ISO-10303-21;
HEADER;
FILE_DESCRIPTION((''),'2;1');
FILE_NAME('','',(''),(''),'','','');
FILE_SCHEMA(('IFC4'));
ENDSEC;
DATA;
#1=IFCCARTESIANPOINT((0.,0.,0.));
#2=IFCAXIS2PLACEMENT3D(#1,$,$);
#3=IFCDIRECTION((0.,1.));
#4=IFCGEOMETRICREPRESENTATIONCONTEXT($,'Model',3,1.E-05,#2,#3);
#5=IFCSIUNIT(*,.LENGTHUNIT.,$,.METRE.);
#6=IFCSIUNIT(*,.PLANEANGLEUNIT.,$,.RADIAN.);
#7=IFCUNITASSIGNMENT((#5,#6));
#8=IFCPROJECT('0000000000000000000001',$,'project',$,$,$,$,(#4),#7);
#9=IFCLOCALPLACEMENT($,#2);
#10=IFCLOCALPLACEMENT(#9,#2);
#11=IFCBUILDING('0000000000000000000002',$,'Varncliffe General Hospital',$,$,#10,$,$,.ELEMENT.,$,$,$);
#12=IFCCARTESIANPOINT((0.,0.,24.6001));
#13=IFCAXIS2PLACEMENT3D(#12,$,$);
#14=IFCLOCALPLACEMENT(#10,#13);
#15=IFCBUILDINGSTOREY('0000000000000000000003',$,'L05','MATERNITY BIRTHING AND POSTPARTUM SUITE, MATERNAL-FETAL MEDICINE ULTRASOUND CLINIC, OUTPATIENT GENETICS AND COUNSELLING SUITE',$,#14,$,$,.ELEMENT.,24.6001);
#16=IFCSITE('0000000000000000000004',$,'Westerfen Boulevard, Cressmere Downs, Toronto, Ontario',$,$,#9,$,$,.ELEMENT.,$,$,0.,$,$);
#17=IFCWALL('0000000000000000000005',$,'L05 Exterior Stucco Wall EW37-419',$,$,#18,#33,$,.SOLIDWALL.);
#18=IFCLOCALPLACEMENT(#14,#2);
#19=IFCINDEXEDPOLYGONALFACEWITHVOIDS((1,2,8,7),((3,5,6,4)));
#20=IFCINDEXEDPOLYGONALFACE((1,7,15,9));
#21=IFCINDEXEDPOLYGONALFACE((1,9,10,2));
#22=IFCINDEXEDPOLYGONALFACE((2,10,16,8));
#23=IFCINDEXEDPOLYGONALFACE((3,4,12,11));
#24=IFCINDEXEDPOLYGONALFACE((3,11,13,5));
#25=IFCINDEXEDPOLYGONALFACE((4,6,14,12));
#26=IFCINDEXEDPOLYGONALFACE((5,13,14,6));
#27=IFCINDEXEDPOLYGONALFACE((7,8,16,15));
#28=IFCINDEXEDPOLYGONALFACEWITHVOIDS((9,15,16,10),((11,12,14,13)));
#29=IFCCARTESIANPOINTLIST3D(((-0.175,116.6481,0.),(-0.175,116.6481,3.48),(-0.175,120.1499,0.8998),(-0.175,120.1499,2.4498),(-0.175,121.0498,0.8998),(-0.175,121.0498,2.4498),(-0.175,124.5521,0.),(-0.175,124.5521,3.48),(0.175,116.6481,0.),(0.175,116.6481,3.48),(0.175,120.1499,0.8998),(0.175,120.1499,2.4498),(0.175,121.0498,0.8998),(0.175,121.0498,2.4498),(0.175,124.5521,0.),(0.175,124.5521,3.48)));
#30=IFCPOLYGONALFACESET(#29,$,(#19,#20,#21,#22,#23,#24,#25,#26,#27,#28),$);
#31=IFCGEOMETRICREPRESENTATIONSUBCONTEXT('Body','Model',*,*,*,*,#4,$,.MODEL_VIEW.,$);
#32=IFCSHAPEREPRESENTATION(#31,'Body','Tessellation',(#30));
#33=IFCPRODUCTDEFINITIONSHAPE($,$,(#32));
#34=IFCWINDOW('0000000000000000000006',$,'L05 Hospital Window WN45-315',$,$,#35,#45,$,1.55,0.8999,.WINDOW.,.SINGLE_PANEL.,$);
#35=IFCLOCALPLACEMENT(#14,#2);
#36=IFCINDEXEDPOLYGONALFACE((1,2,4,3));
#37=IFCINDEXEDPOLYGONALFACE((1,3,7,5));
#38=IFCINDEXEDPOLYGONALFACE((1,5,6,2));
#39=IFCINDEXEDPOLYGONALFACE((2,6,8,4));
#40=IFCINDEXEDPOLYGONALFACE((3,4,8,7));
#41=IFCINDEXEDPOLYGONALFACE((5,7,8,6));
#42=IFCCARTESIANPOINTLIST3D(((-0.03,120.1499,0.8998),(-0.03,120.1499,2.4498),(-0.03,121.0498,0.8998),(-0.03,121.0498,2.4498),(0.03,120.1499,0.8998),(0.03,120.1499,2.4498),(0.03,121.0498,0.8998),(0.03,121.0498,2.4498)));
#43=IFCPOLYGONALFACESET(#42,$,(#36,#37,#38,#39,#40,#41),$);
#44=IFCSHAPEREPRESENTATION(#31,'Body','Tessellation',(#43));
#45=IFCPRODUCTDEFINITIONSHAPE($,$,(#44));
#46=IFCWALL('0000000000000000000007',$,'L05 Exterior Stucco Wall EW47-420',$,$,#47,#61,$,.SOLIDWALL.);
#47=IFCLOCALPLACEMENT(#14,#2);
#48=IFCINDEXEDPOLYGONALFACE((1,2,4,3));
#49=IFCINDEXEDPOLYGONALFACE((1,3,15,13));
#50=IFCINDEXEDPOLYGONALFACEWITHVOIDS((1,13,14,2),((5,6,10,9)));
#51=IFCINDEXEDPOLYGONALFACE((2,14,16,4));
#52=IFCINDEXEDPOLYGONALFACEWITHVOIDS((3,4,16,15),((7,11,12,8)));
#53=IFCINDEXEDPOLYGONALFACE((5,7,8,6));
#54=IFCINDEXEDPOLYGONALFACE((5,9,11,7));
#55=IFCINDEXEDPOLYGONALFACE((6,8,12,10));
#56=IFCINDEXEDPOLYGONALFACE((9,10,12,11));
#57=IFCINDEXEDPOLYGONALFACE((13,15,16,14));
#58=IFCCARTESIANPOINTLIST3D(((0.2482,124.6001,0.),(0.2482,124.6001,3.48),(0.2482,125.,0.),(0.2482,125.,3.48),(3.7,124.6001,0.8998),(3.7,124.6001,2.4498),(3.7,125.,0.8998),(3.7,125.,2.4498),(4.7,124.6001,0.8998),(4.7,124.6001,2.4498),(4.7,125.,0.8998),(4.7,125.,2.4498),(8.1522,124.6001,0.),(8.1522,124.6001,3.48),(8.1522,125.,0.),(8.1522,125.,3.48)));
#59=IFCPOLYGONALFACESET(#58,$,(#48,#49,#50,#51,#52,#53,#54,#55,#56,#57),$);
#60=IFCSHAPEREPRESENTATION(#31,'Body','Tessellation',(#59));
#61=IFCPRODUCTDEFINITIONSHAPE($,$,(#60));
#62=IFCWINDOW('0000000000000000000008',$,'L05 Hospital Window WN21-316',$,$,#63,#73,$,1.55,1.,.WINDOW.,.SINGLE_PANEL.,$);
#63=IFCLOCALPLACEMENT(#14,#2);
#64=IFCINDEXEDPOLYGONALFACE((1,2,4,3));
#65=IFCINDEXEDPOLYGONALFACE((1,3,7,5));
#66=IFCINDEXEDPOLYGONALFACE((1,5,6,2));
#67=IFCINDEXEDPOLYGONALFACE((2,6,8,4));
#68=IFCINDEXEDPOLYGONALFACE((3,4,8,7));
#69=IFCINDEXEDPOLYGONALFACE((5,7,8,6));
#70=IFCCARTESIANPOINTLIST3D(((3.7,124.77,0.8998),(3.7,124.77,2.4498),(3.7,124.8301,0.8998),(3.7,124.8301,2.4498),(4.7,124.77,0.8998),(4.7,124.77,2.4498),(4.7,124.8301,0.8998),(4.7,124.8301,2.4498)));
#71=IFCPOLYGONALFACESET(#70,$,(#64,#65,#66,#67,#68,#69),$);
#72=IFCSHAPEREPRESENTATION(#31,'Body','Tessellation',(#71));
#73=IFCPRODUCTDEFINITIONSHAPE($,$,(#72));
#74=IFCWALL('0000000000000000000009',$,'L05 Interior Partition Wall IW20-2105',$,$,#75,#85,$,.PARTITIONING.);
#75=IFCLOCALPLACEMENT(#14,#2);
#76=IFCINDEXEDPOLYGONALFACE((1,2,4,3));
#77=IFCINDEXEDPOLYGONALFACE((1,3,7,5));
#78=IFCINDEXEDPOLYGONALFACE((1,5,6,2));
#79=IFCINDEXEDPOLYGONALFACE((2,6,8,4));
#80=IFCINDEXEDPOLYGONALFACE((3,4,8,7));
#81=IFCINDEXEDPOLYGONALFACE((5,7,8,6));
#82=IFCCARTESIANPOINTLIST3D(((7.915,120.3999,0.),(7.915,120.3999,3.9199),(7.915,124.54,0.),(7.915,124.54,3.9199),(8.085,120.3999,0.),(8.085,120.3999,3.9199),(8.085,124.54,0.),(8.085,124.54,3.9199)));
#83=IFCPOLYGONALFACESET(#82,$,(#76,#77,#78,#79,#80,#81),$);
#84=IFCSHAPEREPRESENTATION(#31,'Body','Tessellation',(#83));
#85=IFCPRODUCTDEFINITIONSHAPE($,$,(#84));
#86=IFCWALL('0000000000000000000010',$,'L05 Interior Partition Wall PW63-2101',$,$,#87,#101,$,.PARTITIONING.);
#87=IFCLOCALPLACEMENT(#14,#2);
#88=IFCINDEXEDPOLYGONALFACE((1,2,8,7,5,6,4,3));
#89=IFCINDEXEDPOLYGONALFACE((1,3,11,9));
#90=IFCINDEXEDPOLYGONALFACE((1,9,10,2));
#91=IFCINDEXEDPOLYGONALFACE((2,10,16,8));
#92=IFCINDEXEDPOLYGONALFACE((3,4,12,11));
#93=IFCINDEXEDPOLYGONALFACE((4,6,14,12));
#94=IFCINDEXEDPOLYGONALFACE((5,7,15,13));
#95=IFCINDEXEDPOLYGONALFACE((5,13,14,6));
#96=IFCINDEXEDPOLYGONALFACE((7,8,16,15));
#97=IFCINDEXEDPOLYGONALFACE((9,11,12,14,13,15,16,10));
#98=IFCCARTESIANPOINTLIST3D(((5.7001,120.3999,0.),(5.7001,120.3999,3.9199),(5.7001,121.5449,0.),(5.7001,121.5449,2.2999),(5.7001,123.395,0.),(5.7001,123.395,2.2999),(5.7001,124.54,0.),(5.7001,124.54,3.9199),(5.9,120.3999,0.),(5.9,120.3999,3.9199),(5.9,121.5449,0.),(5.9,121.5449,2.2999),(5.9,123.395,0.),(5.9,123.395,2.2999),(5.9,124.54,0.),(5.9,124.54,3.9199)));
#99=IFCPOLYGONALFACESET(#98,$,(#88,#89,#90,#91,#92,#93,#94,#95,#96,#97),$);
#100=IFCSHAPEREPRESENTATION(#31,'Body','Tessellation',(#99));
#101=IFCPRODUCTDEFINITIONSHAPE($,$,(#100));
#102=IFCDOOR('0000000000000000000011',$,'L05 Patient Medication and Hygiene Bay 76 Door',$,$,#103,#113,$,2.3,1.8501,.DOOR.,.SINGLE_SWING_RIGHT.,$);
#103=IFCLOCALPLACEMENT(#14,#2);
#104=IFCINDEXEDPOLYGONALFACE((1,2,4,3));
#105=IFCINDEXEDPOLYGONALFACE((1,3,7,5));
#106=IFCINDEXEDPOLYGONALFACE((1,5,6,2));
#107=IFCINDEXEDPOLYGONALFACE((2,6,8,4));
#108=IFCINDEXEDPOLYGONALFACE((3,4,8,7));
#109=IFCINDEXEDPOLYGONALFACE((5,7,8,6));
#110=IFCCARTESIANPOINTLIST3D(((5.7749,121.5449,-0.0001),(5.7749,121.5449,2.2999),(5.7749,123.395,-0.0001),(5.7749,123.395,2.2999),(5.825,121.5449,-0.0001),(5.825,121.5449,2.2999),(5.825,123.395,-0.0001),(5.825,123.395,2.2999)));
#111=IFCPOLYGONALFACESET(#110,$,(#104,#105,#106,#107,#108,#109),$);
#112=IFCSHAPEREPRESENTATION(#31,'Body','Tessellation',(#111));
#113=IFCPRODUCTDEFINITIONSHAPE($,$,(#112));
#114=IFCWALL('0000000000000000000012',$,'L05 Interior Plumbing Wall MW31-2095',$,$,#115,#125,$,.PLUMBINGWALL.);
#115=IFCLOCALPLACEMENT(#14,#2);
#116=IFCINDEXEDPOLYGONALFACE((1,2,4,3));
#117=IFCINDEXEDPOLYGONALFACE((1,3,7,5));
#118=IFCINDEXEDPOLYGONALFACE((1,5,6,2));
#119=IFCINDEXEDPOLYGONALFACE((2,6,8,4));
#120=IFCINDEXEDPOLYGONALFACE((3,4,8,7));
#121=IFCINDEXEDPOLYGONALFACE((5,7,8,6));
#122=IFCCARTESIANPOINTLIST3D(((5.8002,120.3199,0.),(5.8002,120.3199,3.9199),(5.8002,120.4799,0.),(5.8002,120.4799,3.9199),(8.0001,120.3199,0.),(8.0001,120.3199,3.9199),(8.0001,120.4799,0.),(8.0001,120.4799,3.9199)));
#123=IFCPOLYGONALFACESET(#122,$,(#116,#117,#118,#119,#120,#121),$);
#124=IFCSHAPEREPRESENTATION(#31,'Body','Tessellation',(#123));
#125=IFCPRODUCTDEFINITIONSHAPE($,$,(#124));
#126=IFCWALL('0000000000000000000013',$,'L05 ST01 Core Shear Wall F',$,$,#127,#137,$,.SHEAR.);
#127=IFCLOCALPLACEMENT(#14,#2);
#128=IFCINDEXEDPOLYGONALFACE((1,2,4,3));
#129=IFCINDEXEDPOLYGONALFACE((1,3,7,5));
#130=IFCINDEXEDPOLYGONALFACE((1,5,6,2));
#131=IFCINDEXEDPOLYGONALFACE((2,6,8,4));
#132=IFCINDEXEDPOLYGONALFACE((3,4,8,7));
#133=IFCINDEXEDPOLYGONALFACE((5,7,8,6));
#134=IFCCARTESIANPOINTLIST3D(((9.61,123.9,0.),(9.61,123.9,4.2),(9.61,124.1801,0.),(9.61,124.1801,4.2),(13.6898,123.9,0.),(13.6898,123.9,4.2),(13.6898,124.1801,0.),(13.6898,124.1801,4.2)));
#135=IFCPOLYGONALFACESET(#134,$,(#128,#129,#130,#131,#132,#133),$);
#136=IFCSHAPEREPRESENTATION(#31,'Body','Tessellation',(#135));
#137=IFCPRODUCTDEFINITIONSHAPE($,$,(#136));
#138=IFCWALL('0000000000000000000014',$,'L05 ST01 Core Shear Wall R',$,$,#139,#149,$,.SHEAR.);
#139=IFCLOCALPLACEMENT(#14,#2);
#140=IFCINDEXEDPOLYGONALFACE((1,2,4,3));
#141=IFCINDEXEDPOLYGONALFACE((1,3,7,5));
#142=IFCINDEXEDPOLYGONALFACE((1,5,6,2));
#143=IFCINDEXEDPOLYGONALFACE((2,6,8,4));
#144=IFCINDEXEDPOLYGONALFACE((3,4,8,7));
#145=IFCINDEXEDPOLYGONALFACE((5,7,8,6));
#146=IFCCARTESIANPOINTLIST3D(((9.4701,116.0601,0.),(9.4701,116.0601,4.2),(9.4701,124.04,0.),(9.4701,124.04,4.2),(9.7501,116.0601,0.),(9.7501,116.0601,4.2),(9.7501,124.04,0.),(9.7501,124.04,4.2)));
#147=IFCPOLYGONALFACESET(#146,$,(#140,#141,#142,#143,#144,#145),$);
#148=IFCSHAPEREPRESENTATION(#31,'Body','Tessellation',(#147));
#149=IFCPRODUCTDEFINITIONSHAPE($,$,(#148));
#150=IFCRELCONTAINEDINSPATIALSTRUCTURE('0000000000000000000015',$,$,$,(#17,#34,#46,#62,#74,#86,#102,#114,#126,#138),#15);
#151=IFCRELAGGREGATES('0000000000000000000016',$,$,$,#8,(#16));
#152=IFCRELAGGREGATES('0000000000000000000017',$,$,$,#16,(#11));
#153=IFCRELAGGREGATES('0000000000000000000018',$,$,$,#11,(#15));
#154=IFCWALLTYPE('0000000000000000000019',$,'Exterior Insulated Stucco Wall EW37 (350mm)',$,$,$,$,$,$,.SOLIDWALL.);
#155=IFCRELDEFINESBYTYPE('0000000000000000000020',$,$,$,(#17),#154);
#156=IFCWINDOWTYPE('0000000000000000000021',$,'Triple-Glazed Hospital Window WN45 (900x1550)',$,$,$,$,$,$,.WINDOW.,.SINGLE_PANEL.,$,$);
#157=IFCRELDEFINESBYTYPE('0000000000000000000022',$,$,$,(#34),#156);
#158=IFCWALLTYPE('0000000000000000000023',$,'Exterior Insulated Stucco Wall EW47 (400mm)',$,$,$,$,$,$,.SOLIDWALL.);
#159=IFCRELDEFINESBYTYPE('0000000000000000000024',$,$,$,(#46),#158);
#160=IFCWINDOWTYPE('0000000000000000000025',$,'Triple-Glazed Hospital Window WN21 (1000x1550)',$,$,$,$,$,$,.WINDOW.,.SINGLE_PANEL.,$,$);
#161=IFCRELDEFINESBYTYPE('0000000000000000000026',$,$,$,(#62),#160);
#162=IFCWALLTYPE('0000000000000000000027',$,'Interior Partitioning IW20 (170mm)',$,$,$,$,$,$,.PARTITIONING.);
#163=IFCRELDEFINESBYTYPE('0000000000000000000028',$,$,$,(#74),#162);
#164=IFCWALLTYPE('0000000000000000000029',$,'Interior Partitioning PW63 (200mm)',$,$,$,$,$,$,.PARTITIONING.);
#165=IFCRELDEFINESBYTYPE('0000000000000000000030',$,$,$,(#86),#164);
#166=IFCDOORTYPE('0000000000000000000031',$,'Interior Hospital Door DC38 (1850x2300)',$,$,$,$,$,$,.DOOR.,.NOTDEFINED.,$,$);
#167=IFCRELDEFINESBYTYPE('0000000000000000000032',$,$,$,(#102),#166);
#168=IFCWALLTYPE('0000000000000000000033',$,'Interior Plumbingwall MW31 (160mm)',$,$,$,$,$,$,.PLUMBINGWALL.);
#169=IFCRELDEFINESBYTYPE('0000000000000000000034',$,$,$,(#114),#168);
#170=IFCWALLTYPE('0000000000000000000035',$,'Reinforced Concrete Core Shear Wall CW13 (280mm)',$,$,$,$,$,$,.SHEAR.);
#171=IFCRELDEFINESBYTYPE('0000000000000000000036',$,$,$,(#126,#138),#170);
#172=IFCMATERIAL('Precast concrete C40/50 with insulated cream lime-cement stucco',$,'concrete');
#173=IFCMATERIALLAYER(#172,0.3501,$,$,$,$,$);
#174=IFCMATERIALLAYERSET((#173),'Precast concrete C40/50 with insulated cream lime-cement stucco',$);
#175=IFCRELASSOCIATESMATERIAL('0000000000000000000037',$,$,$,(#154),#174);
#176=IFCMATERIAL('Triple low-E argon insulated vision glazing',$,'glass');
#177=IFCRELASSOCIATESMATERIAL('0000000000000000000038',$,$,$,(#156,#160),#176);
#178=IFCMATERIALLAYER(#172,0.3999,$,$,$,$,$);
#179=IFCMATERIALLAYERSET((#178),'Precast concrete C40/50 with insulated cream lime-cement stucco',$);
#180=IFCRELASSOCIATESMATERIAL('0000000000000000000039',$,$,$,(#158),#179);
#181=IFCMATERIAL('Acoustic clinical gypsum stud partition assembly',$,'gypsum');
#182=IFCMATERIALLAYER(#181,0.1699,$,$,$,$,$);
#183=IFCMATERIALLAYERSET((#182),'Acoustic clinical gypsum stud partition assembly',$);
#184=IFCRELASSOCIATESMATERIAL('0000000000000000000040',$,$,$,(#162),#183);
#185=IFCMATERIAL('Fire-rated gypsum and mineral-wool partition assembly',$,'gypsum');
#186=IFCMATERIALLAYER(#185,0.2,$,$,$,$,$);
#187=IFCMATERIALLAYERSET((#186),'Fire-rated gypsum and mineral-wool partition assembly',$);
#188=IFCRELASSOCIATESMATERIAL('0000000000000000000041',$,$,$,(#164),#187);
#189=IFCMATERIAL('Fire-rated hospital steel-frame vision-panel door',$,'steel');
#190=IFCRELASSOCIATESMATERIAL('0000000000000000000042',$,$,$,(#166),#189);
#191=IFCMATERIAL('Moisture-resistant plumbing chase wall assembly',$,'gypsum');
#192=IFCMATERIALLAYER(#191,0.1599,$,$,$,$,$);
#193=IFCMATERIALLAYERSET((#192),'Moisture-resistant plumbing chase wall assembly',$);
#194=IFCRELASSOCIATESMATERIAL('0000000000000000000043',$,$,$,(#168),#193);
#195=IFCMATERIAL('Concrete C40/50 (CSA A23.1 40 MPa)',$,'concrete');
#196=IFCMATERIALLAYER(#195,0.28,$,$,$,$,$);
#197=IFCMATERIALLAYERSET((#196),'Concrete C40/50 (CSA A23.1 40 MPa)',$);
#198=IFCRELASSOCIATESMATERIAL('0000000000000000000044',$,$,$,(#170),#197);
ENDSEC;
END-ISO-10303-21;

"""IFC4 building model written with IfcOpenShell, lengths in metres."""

from ifc_helpers import new_model, si_unit, direction, frame, frame_2d, origin, place, context, subcontext, project, spatial, rectangle, extrude, material, layer, layer_set, type_object, element, fill, save


model = new_model("IFC4")

# Units and contexts
model_context = context("Model", 3, precision=1e-05, world=origin(), true_north=direction((0.0, 1.0)))
body_context = subcontext(model_context, "Body", "Model", "MODEL_VIEW")
ifc_project = project(units=[si_unit("LENGTHUNIT", "METRE"), si_unit("PLANEANGLEUNIT", "RADIAN")], contexts=[model_context])

# Site, building, storey
site_placement = place(None, origin())
site = spatial("IfcSite", under=ifc_project, at=site_placement, Name="Westerfen Boulevard, Cressmere Downs, Toronto, Ontario", CompositionType="ELEMENT", RefElevation=0.0)
building_placement = place(site_placement, origin())
building = spatial("IfcBuilding", under=site, at=building_placement, Name="Varncliffe General Hospital", CompositionType="ELEMENT")
storey_placement = place(building_placement, frame((0.0, 0.0, 24.6001)))
storey = spatial("IfcBuildingStorey", under=building, at=storey_placement, Name="L05", Description="MATERNITY BIRTHING AND POSTPARTUM SUITE, MATERNAL-FETAL MEDICINE ULTRASOUND CLINIC, OUTPATIENT GENETICS AND COUNSELLING SUITE", CompositionType="ELEMENT", Elevation=24.6001)

# Shared definitions
ifc_material_1 = material(Name="Concrete C40/50 (CSA A23.1 40 MPa)", Category="concrete")

# Walls, openings, windows
ifc_material_2 = material(Name="Precast concrete C40/50 with insulated cream lime-cement stucco", Category="concrete")
ifc_material_3 = material(Name="Triple low-E argon insulated vision glazing", Category="glass")
ifc_layer_1 = layer(ifc_material_2, 0.3501)
ifc_layer_set_1 = layer_set([ifc_layer_1], Name="Precast concrete C40/50 with insulated cream lime-cement stucco")
wall_type_1 = type_object("IfcWallType", Name="Exterior Insulated Stucco Wall EW37 (350mm)", PredefinedType="SOLIDWALL", material=ifc_layer_set_1)
wall_1_placement = place(storey_placement, frame((0.0, 116.6479, 0.0), z_axis=(0.0, 0.0, 1.0), x_axis=(0.0, 1.0, 0.0)))
wall_1 = element("IfcWall", 1, at=wall_1_placement, inside=storey, type_object=wall_type_1, Name="L05 Exterior Stucco Wall EW37-419", PredefinedType="SOLIDWALL", context=body_context, shape_type="SweptSolid", body=[
    extrude(rectangle(XDim=7.9041, YDim=0.3501, at=frame_2d((3.9521, 0.0))), origin(), (0.0, 0.0, 1.0), 3.48),
])
opening_1_placement = place(wall_1_placement, frame((3.502, 0.0, 0.8999)))
opening_1 = element("IfcOpeningElement", 2, at=opening_1_placement, cuts=wall_1, PredefinedType="OPENING", context=body_context, shape_type="SweptSolid", body=[
    extrude(rectangle(XDim=0.8999, YDim=1.55, at=frame_2d((0.45, 0.7749))), frame((0.0, 0.1851, 0.0), z_axis=(0.0, -1.0, 0.0), x_axis=(1.0, 0.0, 0.0)), (0.0, 0.0, 1.0), 0.3701),
])
window_type_1 = type_object("IfcWindowType", Name="Triple-Glazed Hospital Window WN45 (900x1550)", PartitioningType="SINGLE_PANEL", PredefinedType="WINDOW", material=ifc_material_3)
window_1_placement = place(opening_1_placement, origin())
window_1 = element("IfcWindow", 3, at=window_1_placement, inside=storey, type_object=window_type_1, Name="L05 Hospital Window WN45-315", OverallHeight=1.55, OverallWidth=0.8999, PartitioningType="SINGLE_PANEL", PredefinedType="WINDOW", context=body_context, shape_type="SweptSolid", body=[
    extrude(rectangle(XDim=0.8999, YDim=1.55, at=frame_2d((0.45, 0.7749))), frame((0.0, 0.03, 0.0), z_axis=(0.0, -1.0, 0.0), x_axis=(1.0, 0.0, 0.0)), (0.0, 0.0, 1.0), 0.0601),
])
fill(opening_1, window_1)
ifc_layer_2 = layer(ifc_material_2, 0.3999)
ifc_layer_set_2 = layer_set([ifc_layer_2], Name="Precast concrete C40/50 with insulated cream lime-cement stucco")
wall_type_2 = type_object("IfcWallType", Name="Exterior Insulated Stucco Wall EW47 (400mm)", PredefinedType="SOLIDWALL", material=ifc_layer_set_2)
wall_2_placement = place(storey_placement, frame((0.248, 124.8, 0.0), z_axis=(0.0, 0.0, 1.0), x_axis=(1.0, 0.0, 0.0)))
wall_2 = element("IfcWall", 4, at=wall_2_placement, inside=storey, type_object=wall_type_2, Name="L05 Exterior Stucco Wall EW47-420", PredefinedType="SOLIDWALL", context=body_context, shape_type="SweptSolid", body=[
    extrude(rectangle(XDim=7.9041, YDim=0.3999, at=frame_2d((3.9521, 0.0))), origin(), (0.0, 0.0, 1.0), 3.48),
])
opening_2_placement = place(wall_2_placement, frame((3.4519, 0.0, 0.8999)))
opening_2 = element("IfcOpeningElement", 5, at=opening_2_placement, cuts=wall_2, PredefinedType="OPENING", context=body_context, shape_type="SweptSolid", body=[
    extrude(rectangle(XDim=1.0, YDim=1.55, at=frame_2d((0.5, 0.7749))), frame((0.0, 0.21, 0.0), z_axis=(0.0, -1.0, 0.0), x_axis=(1.0, 0.0, 0.0)), (0.0, 0.0, 1.0), 0.4199),
])
window_type_2 = type_object("IfcWindowType", Name="Triple-Glazed Hospital Window WN21 (1000x1550)", PartitioningType="SINGLE_PANEL", PredefinedType="WINDOW", material=ifc_material_3)
window_2_placement = place(opening_2_placement, origin())
window_2 = element("IfcWindow", 6, at=window_2_placement, inside=storey, type_object=window_type_2, Name="L05 Hospital Window WN21-316", OverallHeight=1.55, OverallWidth=1.0, PartitioningType="SINGLE_PANEL", PredefinedType="WINDOW", context=body_context, shape_type="SweptSolid", body=[
    extrude(rectangle(XDim=1.0, YDim=1.55, at=frame_2d((0.5, 0.7749))), frame((0.0, 0.03, 0.0), z_axis=(0.0, -1.0, 0.0), x_axis=(1.0, 0.0, 0.0)), (0.0, 0.0, 1.0), 0.0601),
])
fill(opening_2, window_2)

# Wall
ifc_material_4 = material(Name="Acoustic clinical gypsum stud partition assembly", Category="gypsum")
ifc_layer_3 = layer(ifc_material_4, 0.1699)
ifc_layer_set_3 = layer_set([ifc_layer_3], Name="Acoustic clinical gypsum stud partition assembly")
wall_type_3 = type_object("IfcWallType", Name="Interior Partitioning IW20 (170mm)", PredefinedType="PARTITIONING", material=ifc_layer_set_3)
wall_3_placement = place(storey_placement, frame((8.0, 120.3999, 0.0), z_axis=(0.0, 0.0, 1.0), x_axis=(0.0, 1.0, 0.0)))
element("IfcWall", 7, at=wall_3_placement, inside=storey, type_object=wall_type_3, Name="L05 Interior Partition Wall IW20-2105", PredefinedType="PARTITIONING", context=body_context, shape_type="SweptSolid", body=[
    extrude(rectangle(XDim=4.1401, YDim=0.1699, at=frame_2d((2.0701, 0.0))), origin(), (0.0, 0.0, 1.0), 3.9199),
])

# Wall, opening, door
ifc_material_5 = material(Name="Fire-rated gypsum and mineral-wool partition assembly", Category="gypsum")
ifc_layer_4 = layer(ifc_material_5, 0.2)
ifc_layer_set_4 = layer_set([ifc_layer_4], Name="Fire-rated gypsum and mineral-wool partition assembly")
wall_type_4 = type_object("IfcWallType", Name="Interior Partitioning PW63 (200mm)", PredefinedType="PARTITIONING", material=ifc_layer_set_4)
wall_4_placement = place(storey_placement, frame((5.8, 120.3999, 0.0), z_axis=(0.0, 0.0, 1.0), x_axis=(0.0, 1.0, 0.0)))
wall_4 = element("IfcWall", 8, at=wall_4_placement, inside=storey, type_object=wall_type_4, Name="L05 Interior Partition Wall PW63-2101", PredefinedType="PARTITIONING", context=body_context, shape_type="SweptSolid", body=[
    extrude(rectangle(XDim=4.1401, YDim=0.2, at=frame_2d((2.0701, 0.0))), origin(), (0.0, 0.0, 1.0), 3.9199),
])
opening_3_placement = place(wall_4_placement, frame((1.145, 0.0, 0.0)))
opening_3 = element("IfcOpeningElement", 9, at=opening_3_placement, cuts=wall_4, PredefinedType="OPENING", context=body_context, shape_type="SweptSolid", body=[
    extrude(rectangle(XDim=1.8501, YDim=2.3, at=frame_2d((0.925, 1.1499))), frame((0.0, 0.1099, 0.0), z_axis=(0.0, -1.0, 0.0), x_axis=(1.0, 0.0, 0.0)), (0.0, 0.0, 1.0), 0.22),
])
ifc_material_6 = material(Name="Fire-rated hospital steel-frame vision-panel door", Category="steel")
door_type = type_object("IfcDoorType", Name="Interior Hospital Door DC38 (1850x2300)", OperationType="NOTDEFINED", PredefinedType="DOOR", material=ifc_material_6)
door_placement = place(opening_3_placement, frame((1.8501, 0.0, 0.0), z_axis=(0.0, 0.0, 1.0), x_axis=(-1.0, 0.0, 0.0)))
door = element("IfcDoor", 10, at=door_placement, inside=storey, type_object=door_type, Name="L05 Patient Medication and Hygiene Bay 76 Door", OperationType="SINGLE_SWING_RIGHT", OverallHeight=2.3, OverallWidth=1.8501, PredefinedType="DOOR", context=body_context, shape_type="SweptSolid", body=[
    extrude(rectangle(XDim=1.8501, YDim=2.3, at=frame_2d((0.925, 1.1499))), frame((0.0, 0.0249, 0.0), z_axis=(0.0, -1.0, 0.0), x_axis=(1.0, 0.0, 0.0)), (0.0, 0.0, 1.0), 0.05),
])
fill(opening_3, door)

# Walls
ifc_material_7 = material(Name="Moisture-resistant plumbing chase wall assembly", Category="gypsum")
ifc_layer_5 = layer(ifc_material_7, 0.1599)
ifc_layer_set_5 = layer_set([ifc_layer_5], Name="Moisture-resistant plumbing chase wall assembly")
wall_type_5 = type_object("IfcWallType", Name="Interior Plumbingwall MW31 (160mm)", PredefinedType="PLUMBINGWALL", material=ifc_layer_set_5)
wall_5_placement = place(storey_placement, frame((5.8, 120.3999, 0.0), z_axis=(0.0, 0.0, 1.0), x_axis=(1.0, 0.0, 0.0)))
element("IfcWall", 11, at=wall_5_placement, inside=storey, type_object=wall_type_5, Name="L05 Interior Plumbing Wall MW31-2095", PredefinedType="PLUMBINGWALL", context=body_context, shape_type="SweptSolid", body=[
    extrude(rectangle(XDim=2.2, YDim=0.1599, at=frame_2d((1.1001, 0.0))), origin(), (0.0, 0.0, 1.0), 3.9199),
])
ifc_layer_6 = layer(ifc_material_1, 0.28)
ifc_layer_set_6 = layer_set([ifc_layer_6], Name="Concrete C40/50 (CSA A23.1 40 MPa)")
wall_type_6 = type_object("IfcWallType", Name="Reinforced Concrete Core Shear Wall CW13 (280mm)", PredefinedType="SHEAR", material=ifc_layer_set_6)
wall_6_placement = place(storey_placement, frame((13.6899, 124.04, 0.0), z_axis=(0.0, 0.0, 1.0), x_axis=(-1.0, 0.0, 0.0)))
element("IfcWall", 12, at=wall_6_placement, inside=storey, type_object=wall_type_6, Name="L05 ST01 Core Shear Wall F", PredefinedType="SHEAR", context=body_context, shape_type="SweptSolid", body=[
    extrude(rectangle(XDim=4.0798, YDim=0.28, at=frame_2d((2.04, 0.0))), origin(), (0.0, 0.0, 1.0), 4.2),
])
wall_7_placement = place(storey_placement, frame((9.6101, 124.04, 0.0), z_axis=(0.0, 0.0, 1.0), x_axis=(0.0, -1.0, 0.0)))
element("IfcWall", 13, at=wall_7_placement, inside=storey, type_object=wall_type_6, Name="L05 ST01 Core Shear Wall R", PredefinedType="SHEAR", context=body_context, shape_type="SweptSolid", body=[
    extrude(rectangle(XDim=7.98, YDim=0.28, at=frame_2d((3.99, 0.0))), origin(), (0.0, 0.0, 1.0), 4.2),
])

save(model, "model.ifc")
